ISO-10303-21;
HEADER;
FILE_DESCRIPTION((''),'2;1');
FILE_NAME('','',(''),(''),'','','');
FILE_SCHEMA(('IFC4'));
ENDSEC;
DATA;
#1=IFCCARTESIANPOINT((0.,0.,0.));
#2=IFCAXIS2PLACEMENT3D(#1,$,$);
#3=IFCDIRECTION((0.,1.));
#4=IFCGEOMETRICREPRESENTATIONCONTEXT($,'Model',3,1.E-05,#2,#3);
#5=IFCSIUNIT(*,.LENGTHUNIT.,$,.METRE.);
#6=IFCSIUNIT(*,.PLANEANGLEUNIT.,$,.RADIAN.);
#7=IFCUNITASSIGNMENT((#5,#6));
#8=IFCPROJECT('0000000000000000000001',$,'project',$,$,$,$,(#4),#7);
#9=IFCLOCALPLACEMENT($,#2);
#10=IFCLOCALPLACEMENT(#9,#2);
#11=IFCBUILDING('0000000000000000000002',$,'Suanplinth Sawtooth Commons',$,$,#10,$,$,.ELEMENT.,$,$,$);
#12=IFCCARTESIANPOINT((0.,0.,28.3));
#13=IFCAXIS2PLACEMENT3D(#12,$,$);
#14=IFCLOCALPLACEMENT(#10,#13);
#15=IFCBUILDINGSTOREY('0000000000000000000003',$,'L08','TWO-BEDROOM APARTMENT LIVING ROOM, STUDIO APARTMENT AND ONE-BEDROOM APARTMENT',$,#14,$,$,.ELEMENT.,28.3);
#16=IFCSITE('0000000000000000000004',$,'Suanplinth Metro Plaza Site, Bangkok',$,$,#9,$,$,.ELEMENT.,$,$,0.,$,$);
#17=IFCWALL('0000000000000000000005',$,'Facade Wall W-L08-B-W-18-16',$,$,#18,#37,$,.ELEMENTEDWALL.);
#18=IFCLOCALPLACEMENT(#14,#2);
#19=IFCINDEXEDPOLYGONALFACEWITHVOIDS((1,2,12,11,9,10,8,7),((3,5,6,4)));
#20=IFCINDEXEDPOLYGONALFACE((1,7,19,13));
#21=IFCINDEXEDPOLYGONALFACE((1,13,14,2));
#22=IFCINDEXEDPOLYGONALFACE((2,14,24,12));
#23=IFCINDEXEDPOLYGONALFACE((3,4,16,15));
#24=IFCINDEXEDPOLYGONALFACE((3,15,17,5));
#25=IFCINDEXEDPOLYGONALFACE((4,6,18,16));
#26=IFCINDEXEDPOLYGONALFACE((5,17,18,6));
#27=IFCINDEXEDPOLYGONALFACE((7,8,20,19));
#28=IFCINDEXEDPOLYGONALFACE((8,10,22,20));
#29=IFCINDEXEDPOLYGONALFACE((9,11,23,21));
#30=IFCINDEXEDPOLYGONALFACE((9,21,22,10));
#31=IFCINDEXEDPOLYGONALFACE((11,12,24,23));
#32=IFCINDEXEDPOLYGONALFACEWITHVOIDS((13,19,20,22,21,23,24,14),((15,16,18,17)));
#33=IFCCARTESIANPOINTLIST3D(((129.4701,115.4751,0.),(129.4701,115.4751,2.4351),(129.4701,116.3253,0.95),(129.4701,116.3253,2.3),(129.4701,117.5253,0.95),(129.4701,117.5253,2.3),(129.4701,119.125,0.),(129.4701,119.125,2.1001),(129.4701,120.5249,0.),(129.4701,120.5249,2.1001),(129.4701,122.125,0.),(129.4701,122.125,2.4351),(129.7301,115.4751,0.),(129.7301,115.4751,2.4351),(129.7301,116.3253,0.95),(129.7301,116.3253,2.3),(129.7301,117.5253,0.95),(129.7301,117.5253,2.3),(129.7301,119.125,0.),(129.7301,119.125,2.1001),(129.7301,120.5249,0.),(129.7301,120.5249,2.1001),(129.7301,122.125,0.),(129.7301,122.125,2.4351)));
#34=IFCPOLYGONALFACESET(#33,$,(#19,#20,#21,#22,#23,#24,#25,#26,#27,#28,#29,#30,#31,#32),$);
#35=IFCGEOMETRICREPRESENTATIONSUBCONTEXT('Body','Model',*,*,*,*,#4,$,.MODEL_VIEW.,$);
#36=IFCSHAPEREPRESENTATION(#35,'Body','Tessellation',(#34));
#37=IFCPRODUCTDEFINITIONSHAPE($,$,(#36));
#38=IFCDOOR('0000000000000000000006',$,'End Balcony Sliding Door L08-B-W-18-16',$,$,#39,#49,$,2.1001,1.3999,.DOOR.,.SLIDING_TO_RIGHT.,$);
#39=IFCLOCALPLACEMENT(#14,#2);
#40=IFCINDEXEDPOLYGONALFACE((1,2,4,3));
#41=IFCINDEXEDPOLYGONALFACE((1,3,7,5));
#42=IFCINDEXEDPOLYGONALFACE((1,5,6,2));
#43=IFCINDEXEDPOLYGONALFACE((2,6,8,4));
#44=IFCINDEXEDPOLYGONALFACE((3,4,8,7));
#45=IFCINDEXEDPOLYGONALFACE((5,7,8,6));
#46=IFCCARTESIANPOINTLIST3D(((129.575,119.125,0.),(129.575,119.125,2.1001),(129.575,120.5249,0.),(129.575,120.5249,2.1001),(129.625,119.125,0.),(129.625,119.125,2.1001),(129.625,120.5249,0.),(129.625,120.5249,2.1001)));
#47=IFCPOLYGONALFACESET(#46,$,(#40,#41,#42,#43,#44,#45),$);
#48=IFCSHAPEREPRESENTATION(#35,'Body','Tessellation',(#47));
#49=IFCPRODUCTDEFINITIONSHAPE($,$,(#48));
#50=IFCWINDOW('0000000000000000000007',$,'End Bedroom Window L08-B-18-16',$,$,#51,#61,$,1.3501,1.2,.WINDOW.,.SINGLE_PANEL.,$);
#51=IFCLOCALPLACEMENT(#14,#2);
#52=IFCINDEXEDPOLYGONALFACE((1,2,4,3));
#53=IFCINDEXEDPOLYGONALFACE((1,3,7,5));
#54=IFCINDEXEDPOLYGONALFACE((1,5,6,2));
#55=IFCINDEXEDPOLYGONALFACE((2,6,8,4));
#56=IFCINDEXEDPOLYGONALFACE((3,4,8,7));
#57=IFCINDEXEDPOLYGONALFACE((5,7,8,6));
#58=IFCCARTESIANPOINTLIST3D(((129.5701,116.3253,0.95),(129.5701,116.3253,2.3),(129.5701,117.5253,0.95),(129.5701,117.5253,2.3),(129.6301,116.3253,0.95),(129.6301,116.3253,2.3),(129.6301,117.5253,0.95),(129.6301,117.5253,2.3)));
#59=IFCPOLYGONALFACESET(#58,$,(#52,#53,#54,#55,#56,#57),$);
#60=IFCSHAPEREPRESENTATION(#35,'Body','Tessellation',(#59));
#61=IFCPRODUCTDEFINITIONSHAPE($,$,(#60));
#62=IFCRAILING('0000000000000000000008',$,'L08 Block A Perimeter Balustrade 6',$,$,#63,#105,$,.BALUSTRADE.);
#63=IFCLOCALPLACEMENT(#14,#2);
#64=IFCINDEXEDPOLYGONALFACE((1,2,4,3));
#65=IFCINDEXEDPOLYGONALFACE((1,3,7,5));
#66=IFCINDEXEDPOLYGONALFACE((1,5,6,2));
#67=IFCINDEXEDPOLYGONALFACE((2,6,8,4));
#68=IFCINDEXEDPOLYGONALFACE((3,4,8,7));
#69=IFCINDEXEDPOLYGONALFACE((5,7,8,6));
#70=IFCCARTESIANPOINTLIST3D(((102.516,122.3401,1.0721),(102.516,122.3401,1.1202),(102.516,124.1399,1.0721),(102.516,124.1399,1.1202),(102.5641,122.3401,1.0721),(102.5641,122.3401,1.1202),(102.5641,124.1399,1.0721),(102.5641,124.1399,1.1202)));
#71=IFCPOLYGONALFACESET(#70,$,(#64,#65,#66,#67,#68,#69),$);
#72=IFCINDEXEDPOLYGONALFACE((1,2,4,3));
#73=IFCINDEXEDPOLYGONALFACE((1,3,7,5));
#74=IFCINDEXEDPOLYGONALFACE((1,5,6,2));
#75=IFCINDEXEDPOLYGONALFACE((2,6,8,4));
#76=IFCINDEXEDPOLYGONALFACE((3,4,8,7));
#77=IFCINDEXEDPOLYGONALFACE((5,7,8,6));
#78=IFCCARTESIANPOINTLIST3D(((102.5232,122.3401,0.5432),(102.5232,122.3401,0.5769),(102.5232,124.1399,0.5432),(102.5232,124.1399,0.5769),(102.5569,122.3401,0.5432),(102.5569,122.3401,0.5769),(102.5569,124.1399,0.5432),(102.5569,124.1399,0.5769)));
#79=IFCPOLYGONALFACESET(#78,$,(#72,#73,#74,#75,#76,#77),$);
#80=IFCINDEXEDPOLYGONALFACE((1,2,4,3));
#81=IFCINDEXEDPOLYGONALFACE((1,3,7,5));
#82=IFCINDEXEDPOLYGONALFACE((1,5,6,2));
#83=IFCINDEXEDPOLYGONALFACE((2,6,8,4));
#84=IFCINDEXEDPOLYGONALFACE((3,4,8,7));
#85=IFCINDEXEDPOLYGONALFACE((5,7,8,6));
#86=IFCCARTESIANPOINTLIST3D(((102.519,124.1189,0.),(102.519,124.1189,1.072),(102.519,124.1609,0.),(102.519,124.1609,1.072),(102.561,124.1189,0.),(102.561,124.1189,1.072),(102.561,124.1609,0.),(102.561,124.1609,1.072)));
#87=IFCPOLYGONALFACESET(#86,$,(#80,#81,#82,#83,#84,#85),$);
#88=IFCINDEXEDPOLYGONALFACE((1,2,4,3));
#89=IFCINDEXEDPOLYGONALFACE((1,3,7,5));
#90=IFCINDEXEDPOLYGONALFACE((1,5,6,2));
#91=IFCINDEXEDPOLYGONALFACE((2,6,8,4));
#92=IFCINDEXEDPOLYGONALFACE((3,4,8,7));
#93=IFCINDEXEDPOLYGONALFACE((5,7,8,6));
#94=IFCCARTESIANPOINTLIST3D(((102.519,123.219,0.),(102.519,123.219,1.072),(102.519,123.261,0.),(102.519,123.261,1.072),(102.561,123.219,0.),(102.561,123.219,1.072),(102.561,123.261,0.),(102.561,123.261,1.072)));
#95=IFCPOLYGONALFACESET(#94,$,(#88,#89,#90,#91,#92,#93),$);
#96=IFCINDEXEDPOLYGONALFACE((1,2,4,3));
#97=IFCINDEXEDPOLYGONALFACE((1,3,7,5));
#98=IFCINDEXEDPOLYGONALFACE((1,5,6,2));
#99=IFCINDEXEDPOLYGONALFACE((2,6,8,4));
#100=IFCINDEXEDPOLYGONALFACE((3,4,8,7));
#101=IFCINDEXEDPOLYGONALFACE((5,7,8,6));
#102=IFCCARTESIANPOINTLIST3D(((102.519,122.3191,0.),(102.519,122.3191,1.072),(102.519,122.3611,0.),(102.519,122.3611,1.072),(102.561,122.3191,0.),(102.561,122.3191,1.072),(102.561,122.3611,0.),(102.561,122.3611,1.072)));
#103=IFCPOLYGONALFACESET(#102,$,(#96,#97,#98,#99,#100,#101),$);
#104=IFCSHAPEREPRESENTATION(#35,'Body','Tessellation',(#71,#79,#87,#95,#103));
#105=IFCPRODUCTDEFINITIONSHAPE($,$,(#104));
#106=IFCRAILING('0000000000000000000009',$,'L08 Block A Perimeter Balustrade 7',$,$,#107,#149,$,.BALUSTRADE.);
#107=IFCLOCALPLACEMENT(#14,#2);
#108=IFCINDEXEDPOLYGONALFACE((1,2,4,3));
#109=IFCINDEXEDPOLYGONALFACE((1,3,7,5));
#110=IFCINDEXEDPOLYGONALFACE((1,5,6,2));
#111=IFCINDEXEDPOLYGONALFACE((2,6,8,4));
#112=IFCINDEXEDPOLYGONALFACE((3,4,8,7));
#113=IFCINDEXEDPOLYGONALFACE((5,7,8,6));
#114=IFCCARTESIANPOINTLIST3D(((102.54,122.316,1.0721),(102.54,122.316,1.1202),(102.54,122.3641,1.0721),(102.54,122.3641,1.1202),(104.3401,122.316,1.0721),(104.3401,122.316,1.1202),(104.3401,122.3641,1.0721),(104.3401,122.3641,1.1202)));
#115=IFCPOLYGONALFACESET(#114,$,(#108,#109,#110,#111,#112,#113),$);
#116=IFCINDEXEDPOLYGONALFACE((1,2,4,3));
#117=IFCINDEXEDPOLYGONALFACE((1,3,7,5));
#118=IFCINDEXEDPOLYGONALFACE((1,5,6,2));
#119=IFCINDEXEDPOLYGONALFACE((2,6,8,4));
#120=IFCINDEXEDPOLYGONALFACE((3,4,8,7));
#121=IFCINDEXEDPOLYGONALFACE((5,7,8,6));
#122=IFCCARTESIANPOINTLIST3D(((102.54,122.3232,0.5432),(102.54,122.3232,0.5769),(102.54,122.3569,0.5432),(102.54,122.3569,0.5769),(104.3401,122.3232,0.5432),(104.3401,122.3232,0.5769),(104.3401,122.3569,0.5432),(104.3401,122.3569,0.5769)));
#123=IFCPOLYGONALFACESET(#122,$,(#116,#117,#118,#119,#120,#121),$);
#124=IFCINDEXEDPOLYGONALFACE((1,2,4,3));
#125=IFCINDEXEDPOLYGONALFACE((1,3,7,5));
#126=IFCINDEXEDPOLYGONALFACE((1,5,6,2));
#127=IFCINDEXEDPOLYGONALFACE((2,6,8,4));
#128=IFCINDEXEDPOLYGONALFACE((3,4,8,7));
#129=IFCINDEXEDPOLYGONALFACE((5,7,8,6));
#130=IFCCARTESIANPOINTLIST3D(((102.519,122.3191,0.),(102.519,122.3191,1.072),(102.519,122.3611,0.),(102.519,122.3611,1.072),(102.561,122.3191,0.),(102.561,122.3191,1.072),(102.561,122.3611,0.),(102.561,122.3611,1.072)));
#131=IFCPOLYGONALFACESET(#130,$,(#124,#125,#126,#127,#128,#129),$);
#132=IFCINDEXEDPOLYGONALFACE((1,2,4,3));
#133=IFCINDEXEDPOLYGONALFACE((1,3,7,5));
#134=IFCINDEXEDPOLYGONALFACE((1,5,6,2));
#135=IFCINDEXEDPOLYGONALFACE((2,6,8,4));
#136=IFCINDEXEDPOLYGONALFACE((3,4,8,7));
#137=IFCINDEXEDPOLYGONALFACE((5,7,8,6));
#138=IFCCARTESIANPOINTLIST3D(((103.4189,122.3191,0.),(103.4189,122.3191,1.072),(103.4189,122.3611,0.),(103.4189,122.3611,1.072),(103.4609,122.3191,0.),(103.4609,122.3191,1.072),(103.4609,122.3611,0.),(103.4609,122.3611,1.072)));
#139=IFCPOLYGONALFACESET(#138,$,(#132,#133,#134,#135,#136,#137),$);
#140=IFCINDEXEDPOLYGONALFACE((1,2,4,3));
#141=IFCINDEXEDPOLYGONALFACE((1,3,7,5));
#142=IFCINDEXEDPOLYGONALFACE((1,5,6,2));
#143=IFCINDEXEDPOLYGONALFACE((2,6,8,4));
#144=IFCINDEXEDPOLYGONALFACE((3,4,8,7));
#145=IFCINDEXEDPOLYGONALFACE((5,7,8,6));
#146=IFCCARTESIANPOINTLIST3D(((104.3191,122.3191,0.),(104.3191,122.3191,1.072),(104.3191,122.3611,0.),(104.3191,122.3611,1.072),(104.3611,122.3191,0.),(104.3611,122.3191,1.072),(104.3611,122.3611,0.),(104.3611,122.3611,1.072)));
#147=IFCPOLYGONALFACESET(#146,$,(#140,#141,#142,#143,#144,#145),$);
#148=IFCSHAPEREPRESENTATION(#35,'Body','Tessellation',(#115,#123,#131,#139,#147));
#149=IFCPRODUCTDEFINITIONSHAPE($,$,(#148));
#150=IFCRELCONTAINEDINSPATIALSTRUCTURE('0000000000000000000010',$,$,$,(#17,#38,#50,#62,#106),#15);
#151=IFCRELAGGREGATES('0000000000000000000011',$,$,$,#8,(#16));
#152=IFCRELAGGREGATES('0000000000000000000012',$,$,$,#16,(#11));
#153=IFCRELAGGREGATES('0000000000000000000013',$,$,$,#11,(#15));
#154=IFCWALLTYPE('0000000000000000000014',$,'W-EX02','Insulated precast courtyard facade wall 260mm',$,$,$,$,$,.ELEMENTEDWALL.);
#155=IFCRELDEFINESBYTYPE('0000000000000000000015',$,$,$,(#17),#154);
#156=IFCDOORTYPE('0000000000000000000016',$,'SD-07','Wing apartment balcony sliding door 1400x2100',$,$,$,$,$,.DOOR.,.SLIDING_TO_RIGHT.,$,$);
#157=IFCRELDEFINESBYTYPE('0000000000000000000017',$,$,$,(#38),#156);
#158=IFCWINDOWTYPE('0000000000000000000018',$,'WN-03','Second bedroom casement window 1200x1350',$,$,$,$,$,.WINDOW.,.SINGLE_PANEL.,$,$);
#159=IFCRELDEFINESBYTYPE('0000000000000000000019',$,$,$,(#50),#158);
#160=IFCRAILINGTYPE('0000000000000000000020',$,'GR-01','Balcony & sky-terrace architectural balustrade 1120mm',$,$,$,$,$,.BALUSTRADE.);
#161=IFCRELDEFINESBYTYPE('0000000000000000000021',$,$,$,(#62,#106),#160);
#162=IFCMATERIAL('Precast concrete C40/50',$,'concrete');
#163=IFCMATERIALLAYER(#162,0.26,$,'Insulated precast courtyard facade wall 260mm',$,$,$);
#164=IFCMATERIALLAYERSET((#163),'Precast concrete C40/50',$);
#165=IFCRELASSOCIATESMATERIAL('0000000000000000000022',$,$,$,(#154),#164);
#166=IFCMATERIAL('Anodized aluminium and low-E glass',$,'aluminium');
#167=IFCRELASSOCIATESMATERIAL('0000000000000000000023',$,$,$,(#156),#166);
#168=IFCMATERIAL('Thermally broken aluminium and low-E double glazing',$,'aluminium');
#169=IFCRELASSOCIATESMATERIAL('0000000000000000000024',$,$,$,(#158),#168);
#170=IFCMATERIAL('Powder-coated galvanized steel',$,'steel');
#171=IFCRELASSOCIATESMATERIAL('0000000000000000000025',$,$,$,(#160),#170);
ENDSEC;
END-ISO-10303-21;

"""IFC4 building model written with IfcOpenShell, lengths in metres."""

from ifc_helpers import new_model, si_unit, direction, frame, frame_2d, origin, origin_2d, place, context, subcontext, project, spatial, rectangle, extrude, material, layer, layer_set, type_object, element, fill, save


model = new_model("IFC4")

# Units and contexts
model_context = context("Model", 3, precision=1e-05, world=origin(), true_north=direction((0.0, 1.0)))
body_context = subcontext(model_context, "Body", "Model", "MODEL_VIEW")
ifc_project = project(units=[si_unit("LENGTHUNIT", "METRE"), si_unit("PLANEANGLEUNIT", "RADIAN")], contexts=[model_context])

# Site, building, storey
site_placement = place(None, origin())
site = spatial("IfcSite", under=ifc_project, at=site_placement, Name="Suanplinth Metro Plaza Site, Bangkok", CompositionType="ELEMENT", RefElevation=0.0)
building_placement = place(site_placement, origin())
building = spatial("IfcBuilding", under=site, at=building_placement, Name="Suanplinth Sawtooth Commons", CompositionType="ELEMENT")
storey_placement = place(building_placement, frame((0.0, 0.0, 28.3)))
storey = spatial("IfcBuildingStorey", under=building, at=storey_placement, Name="L08", Description="TWO-BEDROOM APARTMENT LIVING ROOM, STUDIO APARTMENT AND ONE-BEDROOM APARTMENT", CompositionType="ELEMENT", Elevation=28.3)

# Shared definitions
ifc_material_1 = material(Name="Precast concrete C40/50", Category="concrete")

# Shared definitions
ifc_layer = layer(ifc_material_1, 0.26, Name="Insulated precast courtyard facade wall 260mm")
ifc_layer_set = layer_set([ifc_layer], Name="Precast concrete C40/50")
wall_type = type_object("IfcWallType", Name="W-EX02", Description="Insulated precast courtyard facade wall 260mm", PredefinedType="ELEMENTEDWALL", material=ifc_layer_set)
ifc_material_2 = material(Name="Thermally broken aluminium and low-E double glazing", Category="aluminium")

# Wall, openings, door, window
wall_1_placement = place(storey_placement, frame((129.6001, 115.4751, 0.0), z_axis=(0.0, 0.0, 1.0), x_axis=(0.0, 1.0, 0.0)))
wall_1 = element("IfcWall", 1, at=wall_1_placement, inside=storey, type_object=wall_type, Name="Facade Wall W-L08-B-W-18-16", PredefinedType="ELEMENTEDWALL", context=body_context, shape_type="SweptSolid", body=[
    extrude(rectangle(XDim=6.6499, YDim=0.26, at=frame_2d((3.325, 0.0))), origin(), (0.0, 0.0, 1.0), 2.4351),
])
opening_1_placement = place(wall_1_placement, frame((3.6499, 0.0, 0.0)))
opening_1 = element("IfcOpeningElement", 2, at=opening_1_placement, cuts=wall_1, PredefinedType="OPENING", context=body_context, shape_type="SweptSolid", body=[
    extrude(rectangle(XDim=1.3999, YDim=2.1001, at=frame_2d((0.7, 1.05))), frame((0.0, 0.145, 0.0), z_axis=(0.0, -1.0, 0.0), x_axis=(1.0, 0.0, 0.0)), (0.0, 0.0, 1.0), 0.2898),
])
opening_2_placement = place(wall_1_placement, frame((0.8501, 0.0, 0.95)))
opening_2 = element("IfcOpeningElement", 3, at=opening_2_placement, cuts=wall_1, PredefinedType="OPENING", context=body_context, shape_type="SweptSolid", body=[
    extrude(rectangle(XDim=1.2, YDim=1.3501, at=frame_2d((0.6001, 0.675))), frame((0.0, 0.145, 0.0), z_axis=(0.0, -1.0, 0.0), x_axis=(1.0, 0.0, 0.0)), (0.0, 0.0, 1.0), 0.2898),
])
ifc_material_3 = material(Name="Anodized aluminium and low-E glass", Category="aluminium")
door_type = type_object("IfcDoorType", Name="SD-07", Description="Wing apartment balcony sliding door 1400x2100", OperationType="SLIDING_TO_RIGHT", PredefinedType="DOOR", material=ifc_material_3)
door_placement = place(opening_1_placement, frame((1.3999, 0.0, 0.0), z_axis=(0.0, 0.0, 1.0), x_axis=(-1.0, 0.0, 0.0)))
door = element("IfcDoor", 4, at=door_placement, inside=storey, type_object=door_type, Name="End Balcony Sliding Door L08-B-W-18-16", OperationType="SLIDING_TO_RIGHT", OverallHeight=2.1001, OverallWidth=1.3999, PredefinedType="DOOR", context=body_context, shape_type="SweptSolid", body=[
    extrude(rectangle(XDim=1.3999, YDim=2.1001, at=frame_2d((0.7, 1.05))), frame((0.0, 0.0249, 0.0), z_axis=(0.0, -1.0, 0.0), x_axis=(1.0, 0.0, 0.0)), (0.0, 0.0, 1.0), 0.05),
])
fill(opening_1, door)
window_type_1 = type_object("IfcWindowType", Name="WN-03", Description="Second bedroom casement window 1200x1350", PartitioningType="SINGLE_PANEL", PredefinedType="WINDOW", material=ifc_material_2)
window_1_placement = place(opening_2_placement, origin())
window_1 = element("IfcWindow", 5, at=window_1_placement, inside=storey, type_object=window_type_1, Name="End Bedroom Window L08-B-18-16", OverallHeight=1.3501, OverallWidth=1.2, PartitioningType="SINGLE_PANEL", PredefinedType="WINDOW", context=body_context, shape_type="SweptSolid", body=[
    extrude(rectangle(XDim=1.2, YDim=1.3501, at=frame_2d((0.6001, 0.675))), frame((0.0, 0.03, 0.0), z_axis=(0.0, -1.0, 0.0), x_axis=(1.0, 0.0, 0.0)), (0.0, 0.0, 1.0), 0.0601),
])
fill(opening_2, window_1)

# Railings
ifc_material_4 = material(Name="Powder-coated galvanized steel", Category="steel")
railing_type = type_object("IfcRailingType", Name="GR-01", Description="Balcony & sky-terrace architectural balustrade 1120mm", PredefinedType="BALUSTRADE", material=ifc_material_4)
railing_1_placement = place(storey_placement, frame((102.54, 124.1399, 0.0)))
element("IfcRailing", 6, at=railing_1_placement, inside=storey, type_object=railing_type, Name="L08 Block A Perimeter Balustrade 6", PredefinedType="BALUSTRADE", context=body_context, shape_type="SweptSolid", body=[
    extrude(rectangle(XDim=0.0481, YDim=0.0481, at=origin_2d()), frame((0.0, 0.0, 1.0962), z_axis=(0.0, -1.0, 0.0), x_axis=(1.0, 0.0, 0.0)), (0.0, 0.0, 1.0), 1.7998),
    extrude(rectangle(XDim=0.0337, YDim=0.0337, at=origin_2d()), frame((0.0, 0.0, 0.5601), z_axis=(0.0, -1.0, 0.0), x_axis=(1.0, 0.0, 0.0)), (0.0, 0.0, 1.0), 1.7998),
    extrude(rectangle(XDim=0.042, YDim=0.042, at=origin_2d()), origin(), (0.0, 0.0, 1.0), 1.072),
    extrude(rectangle(XDim=0.042, YDim=0.042, at=origin_2d()), frame((0.0, -0.8999, 0.0)), (0.0, 0.0, 1.0), 1.072),
    extrude(rectangle(XDim=0.042, YDim=0.042, at=origin_2d()), frame((0.0, -1.7998, 0.0)), (0.0, 0.0, 1.0), 1.072),
])
railing_2_placement = place(storey_placement, frame((102.54, 122.3401, 0.0)))
element("IfcRailing", 7, at=railing_2_placement, inside=storey, type_object=railing_type, Name="L08 Block A Perimeter Balustrade 7", PredefinedType="BALUSTRADE", context=body_context, shape_type="SweptSolid", body=[
    extrude(rectangle(XDim=0.0481, YDim=0.0481, at=origin_2d()), frame((0.0, 0.0, 1.0962), z_axis=(1.0, 0.0, 0.0), x_axis=(0.0, 1.0, 0.0)), (0.0, 0.0, 1.0), 1.8),
    extrude(rectangle(XDim=0.0337, YDim=0.0337, at=origin_2d()), frame((0.0, 0.0, 0.5601), z_axis=(1.0, 0.0, 0.0), x_axis=(0.0, 1.0, 0.0)), (0.0, 0.0, 1.0), 1.8),
    extrude(rectangle(XDim=0.042, YDim=0.042, at=origin_2d()), origin(), (0.0, 0.0, 1.0), 1.072),
    extrude(rectangle(XDim=0.042, YDim=0.042, at=origin_2d()), frame((0.8999, 0.0, 0.0)), (0.0, 0.0, 1.0), 1.072),
    extrude(rectangle(XDim=0.042, YDim=0.042, at=origin_2d()), frame((1.8, 0.0, 0.0)), (0.0, 0.0, 1.0), 1.072),
])

save(model, "model.ifc")
